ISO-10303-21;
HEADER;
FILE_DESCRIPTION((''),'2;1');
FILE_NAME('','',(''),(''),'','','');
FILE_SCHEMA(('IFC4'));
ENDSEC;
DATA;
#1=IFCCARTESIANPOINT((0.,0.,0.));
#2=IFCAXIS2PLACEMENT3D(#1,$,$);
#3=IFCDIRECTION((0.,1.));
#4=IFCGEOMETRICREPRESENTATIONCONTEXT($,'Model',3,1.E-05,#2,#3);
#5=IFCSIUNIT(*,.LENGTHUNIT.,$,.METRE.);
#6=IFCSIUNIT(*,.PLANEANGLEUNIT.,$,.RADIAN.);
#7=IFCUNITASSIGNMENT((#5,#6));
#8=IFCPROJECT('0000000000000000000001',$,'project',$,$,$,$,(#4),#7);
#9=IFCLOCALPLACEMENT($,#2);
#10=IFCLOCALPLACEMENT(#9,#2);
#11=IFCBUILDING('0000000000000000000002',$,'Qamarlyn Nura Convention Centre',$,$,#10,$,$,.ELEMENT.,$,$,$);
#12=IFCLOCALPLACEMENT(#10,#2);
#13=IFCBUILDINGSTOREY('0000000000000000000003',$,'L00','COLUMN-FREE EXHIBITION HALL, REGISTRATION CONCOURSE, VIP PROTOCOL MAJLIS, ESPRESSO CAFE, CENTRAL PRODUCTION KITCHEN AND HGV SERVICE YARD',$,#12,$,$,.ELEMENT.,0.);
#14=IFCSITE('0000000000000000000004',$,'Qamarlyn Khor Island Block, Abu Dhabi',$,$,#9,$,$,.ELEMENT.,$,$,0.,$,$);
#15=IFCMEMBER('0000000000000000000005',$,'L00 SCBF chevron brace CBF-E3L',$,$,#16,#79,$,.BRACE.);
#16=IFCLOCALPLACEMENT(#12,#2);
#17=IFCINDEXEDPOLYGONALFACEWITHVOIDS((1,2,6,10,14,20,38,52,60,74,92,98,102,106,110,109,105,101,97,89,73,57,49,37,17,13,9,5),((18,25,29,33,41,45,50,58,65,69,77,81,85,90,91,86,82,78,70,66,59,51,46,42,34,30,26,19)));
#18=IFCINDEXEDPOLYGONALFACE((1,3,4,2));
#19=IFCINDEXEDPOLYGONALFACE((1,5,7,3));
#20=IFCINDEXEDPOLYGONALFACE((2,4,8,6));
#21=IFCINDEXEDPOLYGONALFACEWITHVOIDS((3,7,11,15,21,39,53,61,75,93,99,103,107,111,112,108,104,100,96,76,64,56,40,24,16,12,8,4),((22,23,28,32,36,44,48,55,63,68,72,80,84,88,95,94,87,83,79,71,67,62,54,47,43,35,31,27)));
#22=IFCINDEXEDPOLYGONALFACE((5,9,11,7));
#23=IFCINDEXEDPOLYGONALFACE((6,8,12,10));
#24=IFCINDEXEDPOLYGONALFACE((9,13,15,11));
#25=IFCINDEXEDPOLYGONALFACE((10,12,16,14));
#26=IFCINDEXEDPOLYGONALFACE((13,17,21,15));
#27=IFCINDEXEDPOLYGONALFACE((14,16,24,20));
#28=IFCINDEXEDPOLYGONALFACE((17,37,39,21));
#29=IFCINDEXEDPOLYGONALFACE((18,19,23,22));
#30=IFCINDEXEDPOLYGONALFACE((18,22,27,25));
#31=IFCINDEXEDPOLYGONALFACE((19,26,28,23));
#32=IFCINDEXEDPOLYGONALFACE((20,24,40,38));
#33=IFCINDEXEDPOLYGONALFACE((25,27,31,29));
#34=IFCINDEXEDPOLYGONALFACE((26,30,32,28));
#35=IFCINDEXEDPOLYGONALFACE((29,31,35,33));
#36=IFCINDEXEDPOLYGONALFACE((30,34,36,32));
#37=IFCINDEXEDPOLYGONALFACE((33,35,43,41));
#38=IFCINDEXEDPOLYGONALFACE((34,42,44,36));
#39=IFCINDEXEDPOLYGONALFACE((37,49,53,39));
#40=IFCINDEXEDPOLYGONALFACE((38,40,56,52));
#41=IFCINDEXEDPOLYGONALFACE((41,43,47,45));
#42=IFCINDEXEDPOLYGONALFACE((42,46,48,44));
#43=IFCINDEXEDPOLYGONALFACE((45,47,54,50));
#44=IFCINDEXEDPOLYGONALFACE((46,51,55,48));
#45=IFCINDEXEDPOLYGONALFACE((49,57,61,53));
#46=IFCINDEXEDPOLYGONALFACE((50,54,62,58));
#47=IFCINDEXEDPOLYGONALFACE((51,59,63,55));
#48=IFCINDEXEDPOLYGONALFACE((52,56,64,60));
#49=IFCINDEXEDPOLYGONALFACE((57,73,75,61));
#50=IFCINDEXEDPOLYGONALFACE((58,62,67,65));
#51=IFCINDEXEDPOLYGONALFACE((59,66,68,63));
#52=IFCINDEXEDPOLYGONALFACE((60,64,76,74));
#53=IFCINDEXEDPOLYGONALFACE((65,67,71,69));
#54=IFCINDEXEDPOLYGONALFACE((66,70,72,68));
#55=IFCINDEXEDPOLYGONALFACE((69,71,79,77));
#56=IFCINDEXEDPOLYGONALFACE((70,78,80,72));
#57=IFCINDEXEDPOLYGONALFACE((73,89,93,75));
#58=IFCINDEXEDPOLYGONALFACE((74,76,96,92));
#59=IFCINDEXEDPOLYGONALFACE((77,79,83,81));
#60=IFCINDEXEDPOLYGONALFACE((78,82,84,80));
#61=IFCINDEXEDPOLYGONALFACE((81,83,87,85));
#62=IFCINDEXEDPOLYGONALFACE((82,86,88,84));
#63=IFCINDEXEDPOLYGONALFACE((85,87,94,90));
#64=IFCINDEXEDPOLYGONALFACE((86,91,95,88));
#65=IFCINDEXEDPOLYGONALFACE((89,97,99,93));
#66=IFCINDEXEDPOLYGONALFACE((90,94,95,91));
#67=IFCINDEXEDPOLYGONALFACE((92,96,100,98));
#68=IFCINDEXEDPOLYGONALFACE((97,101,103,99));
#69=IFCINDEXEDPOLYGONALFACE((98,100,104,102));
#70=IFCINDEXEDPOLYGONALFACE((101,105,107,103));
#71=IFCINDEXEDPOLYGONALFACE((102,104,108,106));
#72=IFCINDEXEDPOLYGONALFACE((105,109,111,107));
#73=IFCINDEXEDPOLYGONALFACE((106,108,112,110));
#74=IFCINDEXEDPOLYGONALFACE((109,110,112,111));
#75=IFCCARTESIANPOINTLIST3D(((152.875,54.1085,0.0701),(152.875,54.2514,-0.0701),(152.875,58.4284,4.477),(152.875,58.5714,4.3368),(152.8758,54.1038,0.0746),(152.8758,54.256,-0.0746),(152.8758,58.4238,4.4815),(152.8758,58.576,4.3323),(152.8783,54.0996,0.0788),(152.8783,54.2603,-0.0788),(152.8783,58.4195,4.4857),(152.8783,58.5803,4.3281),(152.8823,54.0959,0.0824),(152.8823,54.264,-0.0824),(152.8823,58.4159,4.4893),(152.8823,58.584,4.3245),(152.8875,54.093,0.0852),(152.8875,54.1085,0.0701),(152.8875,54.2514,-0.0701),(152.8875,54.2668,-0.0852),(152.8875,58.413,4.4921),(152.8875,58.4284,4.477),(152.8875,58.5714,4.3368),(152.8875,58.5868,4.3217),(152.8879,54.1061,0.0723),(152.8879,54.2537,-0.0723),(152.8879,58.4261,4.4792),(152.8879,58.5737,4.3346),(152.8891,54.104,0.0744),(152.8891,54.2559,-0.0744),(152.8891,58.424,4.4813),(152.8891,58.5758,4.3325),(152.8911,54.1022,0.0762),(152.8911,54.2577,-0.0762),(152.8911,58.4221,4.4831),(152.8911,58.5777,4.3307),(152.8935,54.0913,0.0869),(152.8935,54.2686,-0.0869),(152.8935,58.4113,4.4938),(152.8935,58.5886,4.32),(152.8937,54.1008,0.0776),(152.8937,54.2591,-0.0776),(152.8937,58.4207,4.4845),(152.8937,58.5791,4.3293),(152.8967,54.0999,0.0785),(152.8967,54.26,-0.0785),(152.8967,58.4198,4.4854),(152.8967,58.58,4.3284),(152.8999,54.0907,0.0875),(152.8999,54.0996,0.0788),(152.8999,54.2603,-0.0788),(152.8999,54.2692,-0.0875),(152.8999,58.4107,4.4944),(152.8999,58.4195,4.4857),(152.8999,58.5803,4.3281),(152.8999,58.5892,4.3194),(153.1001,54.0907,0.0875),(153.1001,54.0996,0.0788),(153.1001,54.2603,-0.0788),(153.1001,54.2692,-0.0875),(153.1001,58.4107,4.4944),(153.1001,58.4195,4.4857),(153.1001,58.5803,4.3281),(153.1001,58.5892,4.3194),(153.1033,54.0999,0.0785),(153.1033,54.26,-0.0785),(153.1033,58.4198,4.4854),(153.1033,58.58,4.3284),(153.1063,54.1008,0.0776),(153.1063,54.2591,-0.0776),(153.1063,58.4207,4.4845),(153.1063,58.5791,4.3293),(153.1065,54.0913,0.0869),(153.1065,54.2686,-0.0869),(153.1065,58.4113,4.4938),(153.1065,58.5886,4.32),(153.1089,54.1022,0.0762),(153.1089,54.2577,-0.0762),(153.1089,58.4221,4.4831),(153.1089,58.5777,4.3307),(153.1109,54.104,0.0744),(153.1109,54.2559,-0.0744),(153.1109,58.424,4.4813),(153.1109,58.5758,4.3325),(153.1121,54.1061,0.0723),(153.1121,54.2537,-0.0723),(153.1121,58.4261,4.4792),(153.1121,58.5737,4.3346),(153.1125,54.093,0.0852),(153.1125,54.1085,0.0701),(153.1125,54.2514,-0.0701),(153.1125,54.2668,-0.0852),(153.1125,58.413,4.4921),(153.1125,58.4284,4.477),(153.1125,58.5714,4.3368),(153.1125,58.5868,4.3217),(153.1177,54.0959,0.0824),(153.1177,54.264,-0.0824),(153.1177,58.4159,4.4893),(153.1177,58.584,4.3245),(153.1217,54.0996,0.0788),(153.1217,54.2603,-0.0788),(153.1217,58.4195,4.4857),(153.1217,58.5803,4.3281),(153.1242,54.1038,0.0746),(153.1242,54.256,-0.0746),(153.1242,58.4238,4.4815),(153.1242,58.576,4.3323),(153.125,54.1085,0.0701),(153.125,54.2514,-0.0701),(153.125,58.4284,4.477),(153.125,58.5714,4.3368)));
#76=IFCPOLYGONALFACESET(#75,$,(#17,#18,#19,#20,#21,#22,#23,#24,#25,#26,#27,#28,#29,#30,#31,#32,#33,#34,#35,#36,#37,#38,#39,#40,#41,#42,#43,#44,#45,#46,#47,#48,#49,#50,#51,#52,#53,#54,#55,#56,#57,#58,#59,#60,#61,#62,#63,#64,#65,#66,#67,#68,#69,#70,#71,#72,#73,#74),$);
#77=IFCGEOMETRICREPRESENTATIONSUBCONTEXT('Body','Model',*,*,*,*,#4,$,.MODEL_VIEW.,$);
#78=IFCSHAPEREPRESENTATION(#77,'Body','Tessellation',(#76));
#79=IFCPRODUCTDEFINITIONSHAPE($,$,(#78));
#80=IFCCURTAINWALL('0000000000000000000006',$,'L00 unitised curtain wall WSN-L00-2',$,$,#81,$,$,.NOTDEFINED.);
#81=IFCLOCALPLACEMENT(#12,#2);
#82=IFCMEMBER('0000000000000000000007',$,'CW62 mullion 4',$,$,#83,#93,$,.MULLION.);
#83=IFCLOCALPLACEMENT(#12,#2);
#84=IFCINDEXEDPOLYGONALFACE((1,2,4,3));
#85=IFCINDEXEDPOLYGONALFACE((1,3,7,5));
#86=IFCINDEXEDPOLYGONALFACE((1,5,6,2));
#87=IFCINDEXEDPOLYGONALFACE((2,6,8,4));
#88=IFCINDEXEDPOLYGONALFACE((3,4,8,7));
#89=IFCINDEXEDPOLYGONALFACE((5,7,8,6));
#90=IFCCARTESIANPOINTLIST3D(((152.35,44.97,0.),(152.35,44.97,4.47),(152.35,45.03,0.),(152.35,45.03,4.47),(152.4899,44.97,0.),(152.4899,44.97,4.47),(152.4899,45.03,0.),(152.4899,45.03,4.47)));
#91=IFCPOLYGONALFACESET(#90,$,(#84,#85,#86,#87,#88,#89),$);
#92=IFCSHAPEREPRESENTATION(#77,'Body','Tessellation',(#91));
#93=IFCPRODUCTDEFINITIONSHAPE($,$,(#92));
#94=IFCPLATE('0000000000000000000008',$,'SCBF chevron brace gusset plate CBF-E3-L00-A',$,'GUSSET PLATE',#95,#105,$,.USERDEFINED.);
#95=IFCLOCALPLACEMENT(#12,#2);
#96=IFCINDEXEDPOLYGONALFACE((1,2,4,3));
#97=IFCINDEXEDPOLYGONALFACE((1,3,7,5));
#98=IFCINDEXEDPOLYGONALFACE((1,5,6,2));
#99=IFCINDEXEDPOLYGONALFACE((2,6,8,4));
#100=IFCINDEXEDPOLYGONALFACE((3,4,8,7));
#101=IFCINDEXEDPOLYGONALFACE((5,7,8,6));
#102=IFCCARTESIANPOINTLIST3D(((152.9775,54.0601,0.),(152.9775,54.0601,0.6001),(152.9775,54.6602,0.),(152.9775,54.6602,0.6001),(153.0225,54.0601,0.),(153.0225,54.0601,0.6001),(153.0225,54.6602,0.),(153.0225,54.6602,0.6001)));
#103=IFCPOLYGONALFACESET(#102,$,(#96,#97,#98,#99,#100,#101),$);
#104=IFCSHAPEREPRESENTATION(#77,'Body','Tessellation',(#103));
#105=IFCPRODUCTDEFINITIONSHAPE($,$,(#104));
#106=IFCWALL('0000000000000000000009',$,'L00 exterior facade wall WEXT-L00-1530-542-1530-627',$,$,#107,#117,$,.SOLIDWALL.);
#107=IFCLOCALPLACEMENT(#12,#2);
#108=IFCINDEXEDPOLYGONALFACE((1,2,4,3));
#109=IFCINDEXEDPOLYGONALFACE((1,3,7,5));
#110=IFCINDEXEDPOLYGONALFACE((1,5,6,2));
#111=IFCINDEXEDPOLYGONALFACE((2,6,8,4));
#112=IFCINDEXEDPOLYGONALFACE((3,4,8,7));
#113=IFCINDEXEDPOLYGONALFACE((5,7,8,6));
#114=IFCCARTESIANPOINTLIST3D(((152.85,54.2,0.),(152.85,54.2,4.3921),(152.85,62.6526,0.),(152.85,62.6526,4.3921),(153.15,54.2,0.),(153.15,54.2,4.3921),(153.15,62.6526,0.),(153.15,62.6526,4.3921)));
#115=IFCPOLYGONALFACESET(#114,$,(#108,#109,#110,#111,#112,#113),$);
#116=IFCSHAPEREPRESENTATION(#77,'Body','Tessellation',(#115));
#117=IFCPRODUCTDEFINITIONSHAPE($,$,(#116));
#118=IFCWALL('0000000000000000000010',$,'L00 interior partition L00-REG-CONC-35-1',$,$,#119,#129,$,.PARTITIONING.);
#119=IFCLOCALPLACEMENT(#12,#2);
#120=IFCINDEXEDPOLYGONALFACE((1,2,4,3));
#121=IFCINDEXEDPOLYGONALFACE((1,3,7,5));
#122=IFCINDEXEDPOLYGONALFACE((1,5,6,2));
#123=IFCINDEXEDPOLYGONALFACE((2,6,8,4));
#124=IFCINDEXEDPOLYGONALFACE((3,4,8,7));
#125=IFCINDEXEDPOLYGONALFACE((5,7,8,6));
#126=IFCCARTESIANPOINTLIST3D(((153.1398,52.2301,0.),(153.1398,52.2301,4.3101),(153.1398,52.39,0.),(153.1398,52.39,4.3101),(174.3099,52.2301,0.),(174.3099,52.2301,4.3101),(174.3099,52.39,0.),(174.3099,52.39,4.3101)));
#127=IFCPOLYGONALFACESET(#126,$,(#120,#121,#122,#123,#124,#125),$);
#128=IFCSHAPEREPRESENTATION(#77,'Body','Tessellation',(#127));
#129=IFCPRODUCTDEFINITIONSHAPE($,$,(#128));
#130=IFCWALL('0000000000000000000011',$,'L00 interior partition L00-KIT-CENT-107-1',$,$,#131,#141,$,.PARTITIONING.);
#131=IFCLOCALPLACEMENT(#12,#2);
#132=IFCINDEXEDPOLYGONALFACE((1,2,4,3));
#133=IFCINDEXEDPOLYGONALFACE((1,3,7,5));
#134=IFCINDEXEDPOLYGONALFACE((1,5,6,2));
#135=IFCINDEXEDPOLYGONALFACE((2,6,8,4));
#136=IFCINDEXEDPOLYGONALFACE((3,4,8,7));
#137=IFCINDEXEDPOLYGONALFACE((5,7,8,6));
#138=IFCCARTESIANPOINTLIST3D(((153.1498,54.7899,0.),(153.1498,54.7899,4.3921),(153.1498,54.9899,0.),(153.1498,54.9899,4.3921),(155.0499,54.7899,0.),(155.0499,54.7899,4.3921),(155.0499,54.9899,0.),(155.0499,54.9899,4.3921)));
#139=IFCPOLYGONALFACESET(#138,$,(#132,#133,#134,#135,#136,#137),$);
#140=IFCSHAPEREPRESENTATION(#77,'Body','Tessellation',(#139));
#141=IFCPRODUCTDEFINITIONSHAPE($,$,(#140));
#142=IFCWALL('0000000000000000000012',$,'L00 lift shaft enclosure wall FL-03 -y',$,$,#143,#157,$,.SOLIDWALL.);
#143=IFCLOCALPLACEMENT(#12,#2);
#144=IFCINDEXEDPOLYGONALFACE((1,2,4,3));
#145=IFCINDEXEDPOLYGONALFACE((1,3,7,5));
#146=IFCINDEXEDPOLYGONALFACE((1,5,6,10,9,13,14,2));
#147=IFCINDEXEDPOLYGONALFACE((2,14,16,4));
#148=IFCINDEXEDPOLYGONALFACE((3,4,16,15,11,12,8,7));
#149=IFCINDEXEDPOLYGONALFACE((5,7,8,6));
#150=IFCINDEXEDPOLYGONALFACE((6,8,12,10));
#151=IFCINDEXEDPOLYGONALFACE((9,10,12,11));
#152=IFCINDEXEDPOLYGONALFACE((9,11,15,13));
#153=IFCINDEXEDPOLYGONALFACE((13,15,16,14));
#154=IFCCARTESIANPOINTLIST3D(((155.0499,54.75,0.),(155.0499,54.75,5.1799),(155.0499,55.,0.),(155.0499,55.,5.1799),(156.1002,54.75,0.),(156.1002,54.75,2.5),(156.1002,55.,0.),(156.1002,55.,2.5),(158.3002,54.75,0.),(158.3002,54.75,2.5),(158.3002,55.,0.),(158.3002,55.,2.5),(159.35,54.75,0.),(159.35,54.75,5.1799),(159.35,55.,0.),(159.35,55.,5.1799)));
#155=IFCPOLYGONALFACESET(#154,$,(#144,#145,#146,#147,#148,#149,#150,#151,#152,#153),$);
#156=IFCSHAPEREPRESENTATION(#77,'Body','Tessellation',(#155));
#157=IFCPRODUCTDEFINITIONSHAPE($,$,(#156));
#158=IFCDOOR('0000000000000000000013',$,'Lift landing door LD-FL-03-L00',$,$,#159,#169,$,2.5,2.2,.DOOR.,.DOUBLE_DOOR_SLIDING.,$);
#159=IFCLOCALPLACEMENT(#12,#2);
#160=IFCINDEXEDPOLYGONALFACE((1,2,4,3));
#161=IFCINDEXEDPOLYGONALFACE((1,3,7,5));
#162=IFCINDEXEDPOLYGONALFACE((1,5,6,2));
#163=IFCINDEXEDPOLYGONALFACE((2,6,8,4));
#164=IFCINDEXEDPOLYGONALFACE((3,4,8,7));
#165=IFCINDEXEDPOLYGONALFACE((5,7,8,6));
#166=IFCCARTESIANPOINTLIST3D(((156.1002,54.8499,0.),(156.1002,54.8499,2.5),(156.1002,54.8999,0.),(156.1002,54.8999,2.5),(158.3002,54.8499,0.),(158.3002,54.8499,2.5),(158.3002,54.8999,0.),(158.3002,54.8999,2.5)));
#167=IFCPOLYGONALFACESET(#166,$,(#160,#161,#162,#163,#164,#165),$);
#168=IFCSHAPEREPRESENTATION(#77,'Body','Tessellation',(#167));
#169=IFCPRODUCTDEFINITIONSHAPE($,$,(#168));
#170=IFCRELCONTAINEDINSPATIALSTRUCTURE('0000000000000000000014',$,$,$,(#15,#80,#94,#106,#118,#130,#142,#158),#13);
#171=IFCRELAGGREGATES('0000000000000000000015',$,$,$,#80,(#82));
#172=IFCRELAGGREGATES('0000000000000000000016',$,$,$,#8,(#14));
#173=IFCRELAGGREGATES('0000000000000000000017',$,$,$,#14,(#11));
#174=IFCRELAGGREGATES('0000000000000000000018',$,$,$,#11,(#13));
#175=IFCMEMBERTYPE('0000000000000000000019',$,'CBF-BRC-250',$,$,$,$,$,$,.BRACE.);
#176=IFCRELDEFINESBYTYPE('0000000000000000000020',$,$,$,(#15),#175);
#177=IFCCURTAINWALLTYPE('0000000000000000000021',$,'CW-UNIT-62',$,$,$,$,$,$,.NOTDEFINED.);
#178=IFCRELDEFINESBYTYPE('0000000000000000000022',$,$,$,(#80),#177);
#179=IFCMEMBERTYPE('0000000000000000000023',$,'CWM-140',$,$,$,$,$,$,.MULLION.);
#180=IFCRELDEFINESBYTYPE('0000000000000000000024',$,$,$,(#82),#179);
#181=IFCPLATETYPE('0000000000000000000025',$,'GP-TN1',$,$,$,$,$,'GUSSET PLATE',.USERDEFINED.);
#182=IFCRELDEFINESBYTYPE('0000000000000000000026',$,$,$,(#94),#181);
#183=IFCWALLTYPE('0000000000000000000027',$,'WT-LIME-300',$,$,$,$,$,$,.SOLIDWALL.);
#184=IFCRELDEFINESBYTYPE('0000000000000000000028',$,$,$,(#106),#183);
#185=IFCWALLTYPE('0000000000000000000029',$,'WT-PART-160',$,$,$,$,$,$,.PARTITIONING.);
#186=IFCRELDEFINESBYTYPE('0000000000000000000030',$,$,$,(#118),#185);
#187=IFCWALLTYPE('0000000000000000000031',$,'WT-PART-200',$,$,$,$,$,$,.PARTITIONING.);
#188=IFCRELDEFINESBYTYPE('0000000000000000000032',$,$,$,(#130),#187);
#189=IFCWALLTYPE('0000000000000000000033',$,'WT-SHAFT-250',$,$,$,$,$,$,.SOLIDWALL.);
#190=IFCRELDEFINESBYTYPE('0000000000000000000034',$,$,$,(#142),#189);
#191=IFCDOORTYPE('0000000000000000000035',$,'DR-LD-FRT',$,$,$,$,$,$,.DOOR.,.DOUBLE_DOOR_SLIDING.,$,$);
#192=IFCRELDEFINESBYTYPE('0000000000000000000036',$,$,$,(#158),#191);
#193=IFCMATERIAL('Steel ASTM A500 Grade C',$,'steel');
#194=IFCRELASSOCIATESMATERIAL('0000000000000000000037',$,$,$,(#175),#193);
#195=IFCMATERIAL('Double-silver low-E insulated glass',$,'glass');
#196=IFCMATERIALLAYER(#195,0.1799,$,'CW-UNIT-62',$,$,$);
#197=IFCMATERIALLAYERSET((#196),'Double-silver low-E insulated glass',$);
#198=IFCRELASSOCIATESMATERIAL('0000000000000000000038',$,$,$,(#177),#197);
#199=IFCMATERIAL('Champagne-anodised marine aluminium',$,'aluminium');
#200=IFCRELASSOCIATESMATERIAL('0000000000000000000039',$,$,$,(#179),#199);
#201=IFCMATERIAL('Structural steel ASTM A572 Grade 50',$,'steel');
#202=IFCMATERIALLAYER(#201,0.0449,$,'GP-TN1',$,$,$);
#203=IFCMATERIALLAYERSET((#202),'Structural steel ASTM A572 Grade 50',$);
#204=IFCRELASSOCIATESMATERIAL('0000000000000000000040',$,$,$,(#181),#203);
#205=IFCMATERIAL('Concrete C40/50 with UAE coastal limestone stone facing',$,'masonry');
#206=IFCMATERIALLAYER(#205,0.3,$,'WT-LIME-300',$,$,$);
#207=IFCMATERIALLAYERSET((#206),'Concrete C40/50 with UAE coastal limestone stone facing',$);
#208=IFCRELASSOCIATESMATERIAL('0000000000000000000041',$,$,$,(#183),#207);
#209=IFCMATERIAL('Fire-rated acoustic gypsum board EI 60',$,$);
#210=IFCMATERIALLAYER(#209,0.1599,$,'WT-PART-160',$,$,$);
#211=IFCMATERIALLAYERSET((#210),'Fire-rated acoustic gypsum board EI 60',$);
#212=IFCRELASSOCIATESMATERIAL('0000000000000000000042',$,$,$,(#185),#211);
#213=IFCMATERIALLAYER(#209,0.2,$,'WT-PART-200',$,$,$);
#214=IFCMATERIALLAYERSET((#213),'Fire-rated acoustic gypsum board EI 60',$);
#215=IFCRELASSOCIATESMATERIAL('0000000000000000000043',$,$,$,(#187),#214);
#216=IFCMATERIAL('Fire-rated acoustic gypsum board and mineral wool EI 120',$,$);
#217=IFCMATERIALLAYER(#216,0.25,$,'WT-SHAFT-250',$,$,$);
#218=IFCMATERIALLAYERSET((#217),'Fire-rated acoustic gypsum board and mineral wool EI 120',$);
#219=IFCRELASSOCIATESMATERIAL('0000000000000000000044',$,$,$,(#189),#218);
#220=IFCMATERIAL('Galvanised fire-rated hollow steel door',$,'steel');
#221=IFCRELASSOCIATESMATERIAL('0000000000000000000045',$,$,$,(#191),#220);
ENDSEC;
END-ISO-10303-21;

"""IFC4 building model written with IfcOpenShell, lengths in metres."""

from ifc_helpers import new_model, si_unit, direction, frame, frame_2d, origin, origin_2d, place, context, subcontext, project, spatial, rectangle, hollow_rectangle, extrude, material, layer, layer_set, material_profile, profile_set, type_object, element, fill, aggregate, save


model = new_model("IFC4")

# Units and contexts
model_context = context("Model", 3, precision=1e-05, world=origin(), true_north=direction((0.0, 1.0)))
body_context = subcontext(model_context, "Body", "Model", "MODEL_VIEW")
ifc_project = project(units=[si_unit("LENGTHUNIT", "METRE"), si_unit("PLANEANGLEUNIT", "RADIAN")], contexts=[model_context])

# Site, building, storey
site_placement = place(None, origin())
site = spatial("IfcSite", under=ifc_project, at=site_placement, Name="Qamarlyn Khor Island Block, Abu Dhabi", CompositionType="ELEMENT", RefElevation=0.0)
building_placement = place(site_placement, origin())
building = spatial("IfcBuilding", under=site, at=building_placement, Name="Qamarlyn Nura Convention Centre", CompositionType="ELEMENT")
storey_placement = place(building_placement, origin())
storey = spatial("IfcBuildingStorey", under=building, at=storey_placement, Name="L00", Description="COLUMN-FREE EXHIBITION HALL, REGISTRATION CONCOURSE, VIP PROTOCOL MAJLIS, ESPRESSO CAFE, CENTRAL PRODUCTION KITCHEN AND HGV SERVICE YARD", CompositionType="ELEMENT", Elevation=0.0)

# Shared definitions
ifc_material_1 = material(Name="Steel ASTM A500 Grade C", Category="steel")

# Member
ifc_material_profile_1 = material_profile(ifc_material_1, hollow_rectangle(XDim=0.25, YDim=0.25, WallThickness=0.0125, InnerFilletRadius=0.0125, OuterFilletRadius=0.0249, at=origin_2d()), Name="HSS250X250X12.5")
ifc_profile_set_1 = profile_set([ifc_material_profile_1], Name="Steel ASTM A500 Grade C")
member_type_1 = type_object("IfcMemberType", Name="CBF-BRC-250", PredefinedType="BRACE", material=ifc_profile_set_1)
member_1_placement = place(storey_placement, frame((153.0, 54.1799, 0.0), z_axis=(0.0, 0.70003, 0.714114), x_axis=(-1.0, 0.0, 0.0)))
element("IfcMember", 1, at=member_1_placement, inside=storey, type_object=member_type_1, Name="L00 SCBF chevron brace CBF-E3L", PredefinedType="BRACE", context=body_context, shape_type="SweptSolid", body=[
    extrude(hollow_rectangle(XDim=0.25, YDim=0.25, WallThickness=0.0125, InnerFilletRadius=0.0125, OuterFilletRadius=0.0249, at=origin_2d()), origin(), (0.0, 0.0, 1.0), 6.1711),
])

# Curtain wall, member
ifc_material_2 = material(Name="Double-silver low-E insulated glass", Category="glass")
ifc_layer_1 = layer(ifc_material_2, 0.1799, Name="CW-UNIT-62")
ifc_layer_set_1 = layer_set([ifc_layer_1], Name="Double-silver low-E insulated glass")
curtain_wall_type = type_object("IfcCurtainWallType", Name="CW-UNIT-62", PredefinedType="NOTDEFINED", material=ifc_layer_set_1)
curtain_wall_placement = place(storey_placement, origin())
curtain_wall = element("IfcCurtainWall", 2, at=curtain_wall_placement, inside=storey, type_object=curtain_wall_type, Name="L00 unitised curtain wall WSN-L00-2", PredefinedType="NOTDEFINED")
ifc_material_3 = material(Name="Champagne-anodised marine aluminium", Category="aluminium")
ifc_material_profile_2 = material_profile(ifc_material_3, rectangle(XDim=0.0601, YDim=0.1399, at=origin_2d()), Name="ALU MULLION 60x140")
ifc_profile_set_2 = profile_set([ifc_material_profile_2], Name="Champagne-anodised marine aluminium")
member_type_2 = type_object("IfcMemberType", Name="CWM-140", PredefinedType="MULLION", material=ifc_profile_set_2)
member_2_placement = place(storey_placement, frame((152.4199, 45.0, 0.0), z_axis=(0.0, 0.0, 1.0), x_axis=(0.0, 1.0, 0.0)))
member_2 = element("IfcMember", 3, at=member_2_placement, type_object=member_type_2, Name="CW62 mullion 4", PredefinedType="MULLION", context=body_context, shape_type="SweptSolid", body=[
    extrude(rectangle(XDim=0.0601, YDim=0.1399, at=origin_2d()), origin(), (0.0, 0.0, 1.0), 4.47),
])
aggregate(curtain_wall, [member_2])

# Plate
ifc_material_4 = material(Name="Structural steel ASTM A572 Grade 50", Category="steel")
ifc_layer_2 = layer(ifc_material_4, 0.0449, Name="GP-TN1")
ifc_layer_set_2 = layer_set([ifc_layer_2], Name="Structural steel ASTM A572 Grade 50")
plate_type = type_object("IfcPlateType", Name="GP-TN1", ElementType="GUSSET PLATE", PredefinedType="USERDEFINED", material=ifc_layer_set_2)
plate_placement = place(storey_placement, frame((153.0, 54.3601, 0.0), z_axis=(0.0, 0.0, 1.0), x_axis=(0.0, 1.0, 0.0)))
element("IfcPlate", 4, at=plate_placement, inside=storey, type_object=plate_type, Name="SCBF chevron brace gusset plate CBF-E3-L00-A", ObjectType="GUSSET PLATE", PredefinedType="USERDEFINED", context=body_context, shape_type="SweptSolid", body=[
    extrude(rectangle(XDim=0.6001, YDim=0.0449, at=origin_2d()), origin(), (0.0, 0.0, 1.0), 0.6001),
])

# Walls
ifc_material_5 = material(Name="Concrete C40/50 with UAE coastal limestone stone facing", Category="masonry")
ifc_layer_3 = layer(ifc_material_5, 0.3, Name="WT-LIME-300")
ifc_layer_set_3 = layer_set([ifc_layer_3], Name="Concrete C40/50 with UAE coastal limestone stone facing")
wall_type_1 = type_object("IfcWallType", Name="WT-LIME-300", PredefinedType="SOLIDWALL", material=ifc_layer_set_3)
wall_1_placement = place(storey_placement, frame((153.0, 54.2, 0.0), z_axis=(0.0, 0.0, 1.0), x_axis=(0.0, 1.0, 0.0)))
element("IfcWall", 5, at=wall_1_placement, inside=storey, type_object=wall_type_1, Name="L00 exterior facade wall WEXT-L00-1530-542-1530-627", PredefinedType="SOLIDWALL", context=body_context, shape_type="SweptSolid", body=[
    extrude(rectangle(XDim=8.4526, YDim=0.3, at=frame_2d((4.2263, 0.0))), origin(), (0.0, 0.0, 1.0), 4.3921),
])
ifc_material_6 = material(Name="Fire-rated acoustic gypsum board EI 60")
ifc_layer_4 = layer(ifc_material_6, 0.1599, Name="WT-PART-160")
ifc_layer_set_4 = layer_set([ifc_layer_4], Name="Fire-rated acoustic gypsum board EI 60")
wall_type_2 = type_object("IfcWallType", Name="WT-PART-160", PredefinedType="PARTITIONING", material=ifc_layer_set_4)
wall_2_placement = place(storey_placement, frame((153.1399, 52.3101, 0.0), z_axis=(0.0, 0.0, 1.0), x_axis=(1.0, 0.0, 0.0)))
element("IfcWall", 6, at=wall_2_placement, inside=storey, type_object=wall_type_2, Name="L00 interior partition L00-REG-CONC-35-1", PredefinedType="PARTITIONING", context=body_context, shape_type="SweptSolid", body=[
    extrude(rectangle(XDim=21.1702, YDim=0.1599, at=frame_2d((10.585, 0.0))), origin(), (0.0, 0.0, 1.0), 4.3101),
])
ifc_layer_5 = layer(ifc_material_6, 0.2, Name="WT-PART-200")
ifc_layer_set_5 = layer_set([ifc_layer_5], Name="Fire-rated acoustic gypsum board EI 60")
wall_type_3 = type_object("IfcWallType", Name="WT-PART-200", PredefinedType="PARTITIONING", material=ifc_layer_set_5)
wall_3_placement = place(storey_placement, frame((155.05, 54.8899, 0.0), z_axis=(0.0, 0.0, 1.0), x_axis=(-1.0, 0.0, 0.0)))
element("IfcWall", 7, at=wall_3_placement, inside=storey, type_object=wall_type_3, Name="L00 interior partition L00-KIT-CENT-107-1", PredefinedType="PARTITIONING", context=body_context, shape_type="SweptSolid", body=[
    extrude(rectangle(XDim=1.9001, YDim=0.2, at=frame_2d((0.9502, 0.0))), origin(), (0.0, 0.0, 1.0), 4.3921),
])

# Wall, opening, door
ifc_material_7 = material(Name="Fire-rated acoustic gypsum board and mineral wool EI 120")
ifc_layer_6 = layer(ifc_material_7, 0.25, Name="WT-SHAFT-250")
ifc_layer_set_6 = layer_set([ifc_layer_6], Name="Fire-rated acoustic gypsum board and mineral wool EI 120")
wall_type_4 = type_object("IfcWallType", Name="WT-SHAFT-250", PredefinedType="SOLIDWALL", material=ifc_layer_set_6)
wall_4_placement = place(storey_placement, frame((155.05, 54.875, 0.0), z_axis=(0.0, 0.0, 1.0), x_axis=(1.0, 0.0, 0.0)))
wall_4 = element("IfcWall", 8, at=wall_4_placement, inside=storey, type_object=wall_type_4, Name="L00 lift shaft enclosure wall FL-03 -y", PredefinedType="SOLIDWALL", context=body_context, shape_type="SweptSolid", body=[
    extrude(rectangle(XDim=4.3, YDim=0.25, at=frame_2d((2.1499, 0.0))), origin(), (0.0, 0.0, 1.0), 5.1799),
])
opening_1_placement = place(wall_4_placement, frame((1.05, 0.0, 0.0)))
opening_1 = element("IfcOpeningElement", 9, at=opening_1_placement, cuts=wall_4, PredefinedType="OPENING", context=body_context, shape_type="SweptSolid", body=[
    extrude(rectangle(XDim=2.2, YDim=2.5, at=frame_2d((1.1001, 1.25))), frame((0.0, 0.135, 0.0), z_axis=(0.0, -1.0, 0.0), x_axis=(1.0, 0.0, 0.0)), (0.0, 0.0, 1.0), 0.27),
])
ifc_material_8 = material(Name="Galvanised fire-rated hollow steel door", Category="steel")
door_type_1 = type_object("IfcDoorType", Name="DR-LD-FRT", OperationType="DOUBLE_DOOR_SLIDING", PredefinedType="DOOR", material=ifc_material_8)
door_1_placement = place(opening_1_placement, origin())
door_1 = element("IfcDoor", 10, at=door_1_placement, inside=storey, type_object=door_type_1, Name="Lift landing door LD-FL-03-L00", OperationType="DOUBLE_DOOR_SLIDING", OverallHeight=2.5, OverallWidth=2.2, PredefinedType="DOOR", context=body_context, shape_type="SweptSolid", body=[
    extrude(rectangle(XDim=2.2, YDim=2.5, at=frame_2d((1.1001, 1.25))), frame((0.0, 0.0249, 0.0), z_axis=(0.0, -1.0, 0.0), x_axis=(1.0, 0.0, 0.0)), (0.0, 0.0, 1.0), 0.05),
])
fill(opening_1, door_1)

save(model, "model.ifc")
